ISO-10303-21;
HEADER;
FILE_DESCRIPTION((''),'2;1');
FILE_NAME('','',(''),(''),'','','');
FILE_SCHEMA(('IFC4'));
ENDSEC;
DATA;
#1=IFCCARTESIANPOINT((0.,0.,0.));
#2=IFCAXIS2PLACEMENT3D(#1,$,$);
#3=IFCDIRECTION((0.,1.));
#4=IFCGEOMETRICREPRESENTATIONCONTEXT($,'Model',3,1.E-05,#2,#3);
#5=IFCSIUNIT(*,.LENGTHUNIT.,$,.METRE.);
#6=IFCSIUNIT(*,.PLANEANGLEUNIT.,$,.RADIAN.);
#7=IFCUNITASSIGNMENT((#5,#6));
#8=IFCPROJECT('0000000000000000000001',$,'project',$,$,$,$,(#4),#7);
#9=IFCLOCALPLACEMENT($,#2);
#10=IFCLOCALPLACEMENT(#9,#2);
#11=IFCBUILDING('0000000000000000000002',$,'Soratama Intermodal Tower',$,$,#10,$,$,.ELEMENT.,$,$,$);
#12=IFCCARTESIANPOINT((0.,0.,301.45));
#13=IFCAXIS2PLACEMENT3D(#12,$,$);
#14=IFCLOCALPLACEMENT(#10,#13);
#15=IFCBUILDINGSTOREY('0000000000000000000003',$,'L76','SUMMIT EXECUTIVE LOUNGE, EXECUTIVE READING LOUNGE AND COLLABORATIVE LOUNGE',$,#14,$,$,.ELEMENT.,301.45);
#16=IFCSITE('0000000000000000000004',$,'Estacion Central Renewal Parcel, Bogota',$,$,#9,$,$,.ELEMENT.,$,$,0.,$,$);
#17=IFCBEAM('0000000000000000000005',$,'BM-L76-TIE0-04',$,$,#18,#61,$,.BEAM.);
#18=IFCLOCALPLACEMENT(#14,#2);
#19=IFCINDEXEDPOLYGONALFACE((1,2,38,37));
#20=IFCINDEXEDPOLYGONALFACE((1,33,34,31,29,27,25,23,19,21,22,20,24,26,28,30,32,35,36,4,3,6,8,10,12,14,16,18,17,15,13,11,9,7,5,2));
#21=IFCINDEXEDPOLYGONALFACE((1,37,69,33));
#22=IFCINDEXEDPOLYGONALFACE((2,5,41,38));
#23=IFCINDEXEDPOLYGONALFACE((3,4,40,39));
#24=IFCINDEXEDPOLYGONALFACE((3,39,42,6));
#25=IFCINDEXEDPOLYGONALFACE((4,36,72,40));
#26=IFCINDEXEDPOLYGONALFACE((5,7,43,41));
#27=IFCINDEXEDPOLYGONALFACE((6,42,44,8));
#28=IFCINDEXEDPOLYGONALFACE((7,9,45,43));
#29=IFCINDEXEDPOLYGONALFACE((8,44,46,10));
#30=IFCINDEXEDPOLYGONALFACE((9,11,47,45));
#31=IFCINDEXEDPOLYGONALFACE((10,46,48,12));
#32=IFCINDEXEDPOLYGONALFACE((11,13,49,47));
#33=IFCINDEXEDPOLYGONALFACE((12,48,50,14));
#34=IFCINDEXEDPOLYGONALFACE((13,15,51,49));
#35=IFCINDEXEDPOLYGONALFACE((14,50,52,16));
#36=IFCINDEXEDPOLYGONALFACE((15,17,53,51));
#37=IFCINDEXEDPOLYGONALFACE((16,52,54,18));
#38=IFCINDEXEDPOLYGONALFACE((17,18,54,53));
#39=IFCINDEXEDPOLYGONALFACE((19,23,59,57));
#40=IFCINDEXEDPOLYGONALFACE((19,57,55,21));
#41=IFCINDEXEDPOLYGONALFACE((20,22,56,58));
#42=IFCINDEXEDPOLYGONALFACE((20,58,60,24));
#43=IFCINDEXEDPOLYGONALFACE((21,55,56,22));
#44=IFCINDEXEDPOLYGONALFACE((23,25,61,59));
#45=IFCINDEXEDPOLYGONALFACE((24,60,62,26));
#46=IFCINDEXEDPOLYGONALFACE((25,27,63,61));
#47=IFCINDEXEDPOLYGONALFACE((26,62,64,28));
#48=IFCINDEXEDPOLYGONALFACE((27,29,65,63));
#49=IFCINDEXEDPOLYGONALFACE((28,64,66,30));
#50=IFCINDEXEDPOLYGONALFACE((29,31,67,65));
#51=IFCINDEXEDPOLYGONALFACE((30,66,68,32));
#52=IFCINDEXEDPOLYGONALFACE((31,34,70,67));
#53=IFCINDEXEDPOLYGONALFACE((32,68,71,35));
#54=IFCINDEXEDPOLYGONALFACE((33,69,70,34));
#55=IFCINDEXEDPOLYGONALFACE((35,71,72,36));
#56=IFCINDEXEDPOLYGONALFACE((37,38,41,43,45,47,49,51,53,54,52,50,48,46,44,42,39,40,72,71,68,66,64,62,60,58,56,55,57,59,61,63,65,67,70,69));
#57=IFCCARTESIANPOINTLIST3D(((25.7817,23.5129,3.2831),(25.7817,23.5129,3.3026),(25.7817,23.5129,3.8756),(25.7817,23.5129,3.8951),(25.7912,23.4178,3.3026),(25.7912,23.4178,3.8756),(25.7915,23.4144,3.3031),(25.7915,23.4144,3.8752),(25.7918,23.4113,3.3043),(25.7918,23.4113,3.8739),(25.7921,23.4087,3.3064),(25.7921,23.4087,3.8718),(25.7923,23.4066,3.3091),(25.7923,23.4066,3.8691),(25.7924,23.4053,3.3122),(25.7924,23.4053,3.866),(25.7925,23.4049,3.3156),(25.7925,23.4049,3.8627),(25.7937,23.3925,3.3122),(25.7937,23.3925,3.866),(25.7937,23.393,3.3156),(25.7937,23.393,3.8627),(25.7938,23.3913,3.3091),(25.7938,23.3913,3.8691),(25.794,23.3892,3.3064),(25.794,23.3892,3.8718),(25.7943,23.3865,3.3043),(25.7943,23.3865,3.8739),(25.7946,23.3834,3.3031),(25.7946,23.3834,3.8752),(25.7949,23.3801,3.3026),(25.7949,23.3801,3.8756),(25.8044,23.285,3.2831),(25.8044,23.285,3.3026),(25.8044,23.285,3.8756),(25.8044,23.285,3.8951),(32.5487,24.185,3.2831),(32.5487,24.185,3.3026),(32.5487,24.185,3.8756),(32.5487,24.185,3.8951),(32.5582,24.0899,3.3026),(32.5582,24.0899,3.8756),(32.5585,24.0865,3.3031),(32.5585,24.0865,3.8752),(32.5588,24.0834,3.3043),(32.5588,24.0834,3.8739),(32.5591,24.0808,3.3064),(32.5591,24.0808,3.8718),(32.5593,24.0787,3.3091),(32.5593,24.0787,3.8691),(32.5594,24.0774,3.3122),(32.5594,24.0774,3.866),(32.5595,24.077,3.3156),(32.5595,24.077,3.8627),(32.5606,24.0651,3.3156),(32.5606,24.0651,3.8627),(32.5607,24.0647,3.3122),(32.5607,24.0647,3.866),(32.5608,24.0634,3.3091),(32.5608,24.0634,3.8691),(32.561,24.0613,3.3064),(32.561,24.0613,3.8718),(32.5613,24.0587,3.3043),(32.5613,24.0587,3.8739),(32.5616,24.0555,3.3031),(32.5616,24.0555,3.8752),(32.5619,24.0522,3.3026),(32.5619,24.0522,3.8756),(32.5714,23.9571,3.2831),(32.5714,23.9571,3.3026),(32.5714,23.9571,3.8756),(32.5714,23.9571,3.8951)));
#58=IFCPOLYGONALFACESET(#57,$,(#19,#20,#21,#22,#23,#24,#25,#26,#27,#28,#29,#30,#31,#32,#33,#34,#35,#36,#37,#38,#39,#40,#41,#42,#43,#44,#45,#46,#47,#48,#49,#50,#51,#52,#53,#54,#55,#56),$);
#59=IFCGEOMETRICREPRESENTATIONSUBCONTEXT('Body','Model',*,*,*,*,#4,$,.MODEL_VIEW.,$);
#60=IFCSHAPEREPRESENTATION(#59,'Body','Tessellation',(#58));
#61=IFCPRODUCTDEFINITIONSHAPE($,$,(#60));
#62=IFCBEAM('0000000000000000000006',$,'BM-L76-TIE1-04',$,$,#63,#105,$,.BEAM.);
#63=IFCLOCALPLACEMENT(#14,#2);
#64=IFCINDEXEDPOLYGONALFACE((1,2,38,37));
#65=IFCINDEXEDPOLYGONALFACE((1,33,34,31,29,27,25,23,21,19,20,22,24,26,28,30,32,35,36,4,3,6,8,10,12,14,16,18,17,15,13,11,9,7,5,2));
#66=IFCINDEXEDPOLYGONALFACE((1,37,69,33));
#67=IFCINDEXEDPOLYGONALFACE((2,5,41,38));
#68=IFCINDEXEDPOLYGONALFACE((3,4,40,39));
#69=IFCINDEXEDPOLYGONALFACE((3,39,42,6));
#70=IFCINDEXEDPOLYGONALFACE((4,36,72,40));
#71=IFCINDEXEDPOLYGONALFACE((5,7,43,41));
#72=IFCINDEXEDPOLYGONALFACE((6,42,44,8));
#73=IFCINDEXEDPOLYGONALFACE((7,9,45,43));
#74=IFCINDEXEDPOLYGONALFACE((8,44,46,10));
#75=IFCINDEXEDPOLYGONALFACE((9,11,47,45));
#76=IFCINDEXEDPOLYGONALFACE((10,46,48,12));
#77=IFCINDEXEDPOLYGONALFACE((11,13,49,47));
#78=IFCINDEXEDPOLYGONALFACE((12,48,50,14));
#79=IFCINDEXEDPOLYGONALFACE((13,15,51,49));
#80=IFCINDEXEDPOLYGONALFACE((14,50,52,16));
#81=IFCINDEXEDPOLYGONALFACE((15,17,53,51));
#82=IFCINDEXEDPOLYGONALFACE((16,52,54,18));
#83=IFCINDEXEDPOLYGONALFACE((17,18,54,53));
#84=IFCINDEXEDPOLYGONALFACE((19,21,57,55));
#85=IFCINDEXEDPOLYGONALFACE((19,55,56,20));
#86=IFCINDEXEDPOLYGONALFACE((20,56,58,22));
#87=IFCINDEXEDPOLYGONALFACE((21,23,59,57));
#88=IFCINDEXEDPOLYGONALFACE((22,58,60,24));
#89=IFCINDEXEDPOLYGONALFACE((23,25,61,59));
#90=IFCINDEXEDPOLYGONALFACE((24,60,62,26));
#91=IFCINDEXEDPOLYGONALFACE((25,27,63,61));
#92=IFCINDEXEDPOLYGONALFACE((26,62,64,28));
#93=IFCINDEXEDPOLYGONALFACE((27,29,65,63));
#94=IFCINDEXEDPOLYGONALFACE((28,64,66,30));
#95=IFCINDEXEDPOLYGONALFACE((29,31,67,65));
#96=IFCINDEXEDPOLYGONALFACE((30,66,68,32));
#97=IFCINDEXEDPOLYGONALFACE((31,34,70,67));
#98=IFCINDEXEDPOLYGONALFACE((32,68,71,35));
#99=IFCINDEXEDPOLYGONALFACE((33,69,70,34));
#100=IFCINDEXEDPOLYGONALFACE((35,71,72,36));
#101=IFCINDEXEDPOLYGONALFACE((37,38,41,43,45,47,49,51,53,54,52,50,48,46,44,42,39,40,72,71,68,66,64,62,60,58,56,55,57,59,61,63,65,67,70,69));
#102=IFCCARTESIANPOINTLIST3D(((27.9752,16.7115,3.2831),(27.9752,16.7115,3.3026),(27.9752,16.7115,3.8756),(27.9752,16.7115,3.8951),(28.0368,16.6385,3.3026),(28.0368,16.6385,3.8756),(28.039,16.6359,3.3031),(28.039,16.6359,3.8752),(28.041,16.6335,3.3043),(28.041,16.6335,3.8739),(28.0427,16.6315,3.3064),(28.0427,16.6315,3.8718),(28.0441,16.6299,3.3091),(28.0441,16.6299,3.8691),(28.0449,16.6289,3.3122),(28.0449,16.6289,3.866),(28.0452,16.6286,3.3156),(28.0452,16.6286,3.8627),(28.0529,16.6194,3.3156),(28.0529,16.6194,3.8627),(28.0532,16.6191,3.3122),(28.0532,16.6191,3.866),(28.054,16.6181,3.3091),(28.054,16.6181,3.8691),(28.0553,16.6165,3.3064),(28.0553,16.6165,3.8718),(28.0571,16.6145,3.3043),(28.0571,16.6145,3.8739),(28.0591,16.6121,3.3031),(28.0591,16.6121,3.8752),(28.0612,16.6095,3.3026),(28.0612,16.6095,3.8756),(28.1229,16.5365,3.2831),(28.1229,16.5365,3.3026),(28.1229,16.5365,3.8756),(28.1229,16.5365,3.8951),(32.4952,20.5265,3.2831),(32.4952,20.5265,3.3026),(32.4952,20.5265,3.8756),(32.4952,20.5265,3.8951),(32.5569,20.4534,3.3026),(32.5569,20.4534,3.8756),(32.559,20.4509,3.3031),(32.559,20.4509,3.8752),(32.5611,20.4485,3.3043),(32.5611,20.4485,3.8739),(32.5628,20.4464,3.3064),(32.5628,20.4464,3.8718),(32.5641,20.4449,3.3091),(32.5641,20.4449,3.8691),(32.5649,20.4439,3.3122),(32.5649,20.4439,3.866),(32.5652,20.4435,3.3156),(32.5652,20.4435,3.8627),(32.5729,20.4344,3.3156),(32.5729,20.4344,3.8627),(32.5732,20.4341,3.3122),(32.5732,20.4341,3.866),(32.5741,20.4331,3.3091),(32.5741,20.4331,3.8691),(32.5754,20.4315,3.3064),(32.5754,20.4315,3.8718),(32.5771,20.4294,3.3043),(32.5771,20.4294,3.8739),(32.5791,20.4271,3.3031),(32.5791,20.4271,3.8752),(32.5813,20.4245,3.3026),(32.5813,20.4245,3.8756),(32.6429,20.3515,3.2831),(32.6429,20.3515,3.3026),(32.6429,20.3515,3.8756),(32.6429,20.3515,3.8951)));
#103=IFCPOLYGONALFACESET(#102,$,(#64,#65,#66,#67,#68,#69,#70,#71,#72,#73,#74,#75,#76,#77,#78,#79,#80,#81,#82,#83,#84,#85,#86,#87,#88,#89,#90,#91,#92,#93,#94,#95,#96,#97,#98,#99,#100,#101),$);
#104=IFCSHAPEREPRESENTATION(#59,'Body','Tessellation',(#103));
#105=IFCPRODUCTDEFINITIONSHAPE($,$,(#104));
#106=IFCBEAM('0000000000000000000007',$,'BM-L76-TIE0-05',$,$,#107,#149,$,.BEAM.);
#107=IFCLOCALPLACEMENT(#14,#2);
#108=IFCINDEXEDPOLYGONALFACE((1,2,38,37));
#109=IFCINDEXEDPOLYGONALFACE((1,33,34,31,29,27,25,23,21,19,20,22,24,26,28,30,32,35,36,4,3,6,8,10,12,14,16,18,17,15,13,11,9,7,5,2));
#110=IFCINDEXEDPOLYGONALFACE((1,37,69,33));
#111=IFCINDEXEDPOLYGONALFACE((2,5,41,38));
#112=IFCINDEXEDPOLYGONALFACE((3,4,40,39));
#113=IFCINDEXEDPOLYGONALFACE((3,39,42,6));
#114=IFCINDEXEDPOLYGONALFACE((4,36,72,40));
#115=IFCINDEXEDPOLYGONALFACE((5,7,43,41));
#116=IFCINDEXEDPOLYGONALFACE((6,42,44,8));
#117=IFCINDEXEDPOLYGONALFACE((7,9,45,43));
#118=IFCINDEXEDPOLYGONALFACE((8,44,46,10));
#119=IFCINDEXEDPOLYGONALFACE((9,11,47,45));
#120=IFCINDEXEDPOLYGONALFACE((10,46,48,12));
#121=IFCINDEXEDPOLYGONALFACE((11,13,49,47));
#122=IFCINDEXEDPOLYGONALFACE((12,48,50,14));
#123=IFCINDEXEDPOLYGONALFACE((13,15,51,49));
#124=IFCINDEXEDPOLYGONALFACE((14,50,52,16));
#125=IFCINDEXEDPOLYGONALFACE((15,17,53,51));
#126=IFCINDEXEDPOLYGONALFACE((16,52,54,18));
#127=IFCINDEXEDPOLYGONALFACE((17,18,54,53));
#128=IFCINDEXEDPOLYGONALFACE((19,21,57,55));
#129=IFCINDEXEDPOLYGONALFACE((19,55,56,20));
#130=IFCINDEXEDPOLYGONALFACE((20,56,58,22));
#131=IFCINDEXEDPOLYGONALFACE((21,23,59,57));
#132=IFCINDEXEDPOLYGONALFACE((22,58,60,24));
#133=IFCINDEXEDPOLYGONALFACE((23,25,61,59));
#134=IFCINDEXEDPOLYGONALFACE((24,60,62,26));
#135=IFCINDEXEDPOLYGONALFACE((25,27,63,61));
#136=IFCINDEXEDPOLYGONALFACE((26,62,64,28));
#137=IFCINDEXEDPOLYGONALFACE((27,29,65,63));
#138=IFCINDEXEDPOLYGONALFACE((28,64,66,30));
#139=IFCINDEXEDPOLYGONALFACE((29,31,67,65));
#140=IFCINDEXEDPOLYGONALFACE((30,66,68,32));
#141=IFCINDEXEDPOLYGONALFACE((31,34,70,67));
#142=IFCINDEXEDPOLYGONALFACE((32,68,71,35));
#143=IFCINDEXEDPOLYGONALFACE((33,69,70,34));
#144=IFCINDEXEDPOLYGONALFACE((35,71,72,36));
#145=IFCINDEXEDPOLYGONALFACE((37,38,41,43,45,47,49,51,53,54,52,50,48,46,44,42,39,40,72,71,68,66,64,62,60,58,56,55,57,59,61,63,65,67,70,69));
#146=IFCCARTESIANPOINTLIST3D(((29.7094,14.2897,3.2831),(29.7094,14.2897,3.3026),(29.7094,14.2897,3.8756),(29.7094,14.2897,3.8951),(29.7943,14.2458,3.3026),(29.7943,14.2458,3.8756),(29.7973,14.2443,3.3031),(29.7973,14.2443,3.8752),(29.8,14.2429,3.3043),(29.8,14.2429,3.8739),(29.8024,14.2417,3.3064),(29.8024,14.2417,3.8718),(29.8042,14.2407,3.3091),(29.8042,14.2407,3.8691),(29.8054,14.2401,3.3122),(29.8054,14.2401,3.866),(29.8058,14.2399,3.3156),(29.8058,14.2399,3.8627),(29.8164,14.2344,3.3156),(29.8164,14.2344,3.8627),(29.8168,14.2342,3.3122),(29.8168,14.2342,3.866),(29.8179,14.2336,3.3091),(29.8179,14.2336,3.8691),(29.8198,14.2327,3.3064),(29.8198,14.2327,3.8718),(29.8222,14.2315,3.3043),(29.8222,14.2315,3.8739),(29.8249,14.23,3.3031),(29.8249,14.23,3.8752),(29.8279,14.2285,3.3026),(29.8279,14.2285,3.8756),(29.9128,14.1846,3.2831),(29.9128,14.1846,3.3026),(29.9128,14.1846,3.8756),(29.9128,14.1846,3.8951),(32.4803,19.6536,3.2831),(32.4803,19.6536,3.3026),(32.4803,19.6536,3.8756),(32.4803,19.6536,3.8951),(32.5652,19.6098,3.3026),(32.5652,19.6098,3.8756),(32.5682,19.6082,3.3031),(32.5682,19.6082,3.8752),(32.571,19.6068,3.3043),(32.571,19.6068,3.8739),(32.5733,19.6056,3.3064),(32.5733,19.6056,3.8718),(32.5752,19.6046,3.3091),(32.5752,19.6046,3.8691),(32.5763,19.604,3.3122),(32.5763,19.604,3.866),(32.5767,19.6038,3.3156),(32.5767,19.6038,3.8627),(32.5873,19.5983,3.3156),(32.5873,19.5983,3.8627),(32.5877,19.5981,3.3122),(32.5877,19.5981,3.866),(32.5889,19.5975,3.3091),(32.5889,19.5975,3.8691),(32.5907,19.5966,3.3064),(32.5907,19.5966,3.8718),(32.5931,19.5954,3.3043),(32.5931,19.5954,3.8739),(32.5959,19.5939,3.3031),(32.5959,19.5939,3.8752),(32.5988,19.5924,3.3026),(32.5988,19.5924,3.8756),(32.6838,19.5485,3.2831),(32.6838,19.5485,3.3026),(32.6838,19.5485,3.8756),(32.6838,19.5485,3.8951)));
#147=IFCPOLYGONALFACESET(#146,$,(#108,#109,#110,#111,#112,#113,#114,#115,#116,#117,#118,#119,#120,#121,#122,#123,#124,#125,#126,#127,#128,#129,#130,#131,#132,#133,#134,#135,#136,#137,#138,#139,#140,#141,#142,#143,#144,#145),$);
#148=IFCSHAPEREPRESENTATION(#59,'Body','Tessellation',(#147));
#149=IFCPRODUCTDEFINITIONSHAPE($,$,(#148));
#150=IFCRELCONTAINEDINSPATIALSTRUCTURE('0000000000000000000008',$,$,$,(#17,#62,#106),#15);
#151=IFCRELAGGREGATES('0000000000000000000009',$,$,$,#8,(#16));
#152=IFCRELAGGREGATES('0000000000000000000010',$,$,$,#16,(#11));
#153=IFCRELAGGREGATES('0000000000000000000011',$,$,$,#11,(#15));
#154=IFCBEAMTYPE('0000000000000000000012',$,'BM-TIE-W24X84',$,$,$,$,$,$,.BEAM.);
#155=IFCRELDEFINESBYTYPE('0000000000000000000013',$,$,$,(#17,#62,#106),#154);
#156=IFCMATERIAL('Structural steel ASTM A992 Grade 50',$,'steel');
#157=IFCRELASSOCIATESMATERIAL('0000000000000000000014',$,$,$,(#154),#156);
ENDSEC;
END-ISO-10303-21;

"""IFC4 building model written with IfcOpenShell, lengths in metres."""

from ifc_helpers import new_model, si_unit, direction, frame, origin, origin_2d, place, context, subcontext, project, spatial, i_section, extrude, material, material_profile, profile_set, type_object, element, save


model = new_model("IFC4")

# Units and contexts
model_context = context("Model", 3, precision=1e-05, world=origin(), true_north=direction((0.0, 1.0)))
body_context = subcontext(model_context, "Body", "Model", "MODEL_VIEW")
ifc_project = project(units=[si_unit("LENGTHUNIT", "METRE"), si_unit("PLANEANGLEUNIT", "RADIAN")], contexts=[model_context])

# Site, building, storey
site_placement = place(None, origin())
site = spatial("IfcSite", under=ifc_project, at=site_placement, Name="Estacion Central Renewal Parcel, Bogota", CompositionType="ELEMENT", RefElevation=0.0)
building_placement = place(site_placement, origin())
building = spatial("IfcBuilding", under=site, at=building_placement, Name="Soratama Intermodal Tower", CompositionType="ELEMENT")
storey_placement = place(building_placement, frame((0.0, 0.0, 301.45)))
storey = spatial("IfcBuildingStorey", under=building, at=storey_placement, Name="L76", Description="SUMMIT EXECUTIVE LOUNGE, EXECUTIVE READING LOUNGE AND COLLABORATIVE LOUNGE", CompositionType="ELEMENT", Elevation=301.45)

# Beams
ifc_material_1 = material(Name="Structural steel ASTM A992 Grade 50", Category="steel")
ifc_material_profile_1 = material_profile(ifc_material_1, i_section(OverallWidth=0.229, OverallDepth=0.6121, WebThickness=0.012, FlangeThickness=0.0195, FilletRadius=0.0129, at=origin_2d()), Name="W24X84")
ifc_profile_set_1 = profile_set([ifc_material_profile_1], Name="Structural steel ASTM A992 Grade 50")
beam_type_1 = type_object("IfcBeamType", Name="BM-TIE-W24X84", PredefinedType="BEAM", material=ifc_profile_set_1)
beam_1_placement = place(storey_placement, frame((32.5601, 24.071, 3.5891), z_axis=(-0.995104, -0.098835, 0.0), x_axis=(0.098835, -0.995104, 0.0)))
element("IfcBeam", 1, at=beam_1_placement, inside=storey, type_object=beam_type_1, Name="BM-L76-TIE0-04", PredefinedType="BEAM", context=body_context, shape_type="SweptSolid", body=[
    extrude(i_section(OverallWidth=0.229, OverallDepth=0.6121, WebThickness=0.012, FlangeThickness=0.0195, FilletRadius=0.0129, at=origin_2d()), origin(), (0.0, 0.0, 1.0), 6.8003),
])
beam_2_placement = place(storey_placement, frame((32.5691, 20.439, 3.5891), z_axis=(-0.764194, -0.644987, 0.0), x_axis=(0.644987, -0.764194, 0.0)))
element("IfcBeam", 2, at=beam_2_placement, inside=storey, type_object=beam_type_1, Name="BM-L76-TIE1-04", PredefinedType="BEAM", context=body_context, shape_type="SweptSolid", body=[
    extrude(i_section(OverallWidth=0.229, OverallDepth=0.6121, WebThickness=0.012, FlangeThickness=0.0195, FilletRadius=0.0129, at=origin_2d()), origin(), (0.0, 0.0, 1.0), 5.9148),
])
beam_3_placement = place(storey_placement, frame((32.582, 19.6011, 3.5891), z_axis=(-0.458966, -0.888454, 0.0), x_axis=(0.888454, -0.458966, 0.0)))
element("IfcBeam", 3, at=beam_3_placement, inside=storey, type_object=beam_type_1, Name="BM-L76-TIE0-05", PredefinedType="BEAM", context=body_context, shape_type="SweptSolid", body=[
    extrude(i_section(OverallWidth=0.229, OverallDepth=0.6121, WebThickness=0.012, FlangeThickness=0.0195, FilletRadius=0.0129, at=origin_2d()), origin(), (0.0, 0.0, 1.0), 6.0374),
])

save(model, "model.ifc")
